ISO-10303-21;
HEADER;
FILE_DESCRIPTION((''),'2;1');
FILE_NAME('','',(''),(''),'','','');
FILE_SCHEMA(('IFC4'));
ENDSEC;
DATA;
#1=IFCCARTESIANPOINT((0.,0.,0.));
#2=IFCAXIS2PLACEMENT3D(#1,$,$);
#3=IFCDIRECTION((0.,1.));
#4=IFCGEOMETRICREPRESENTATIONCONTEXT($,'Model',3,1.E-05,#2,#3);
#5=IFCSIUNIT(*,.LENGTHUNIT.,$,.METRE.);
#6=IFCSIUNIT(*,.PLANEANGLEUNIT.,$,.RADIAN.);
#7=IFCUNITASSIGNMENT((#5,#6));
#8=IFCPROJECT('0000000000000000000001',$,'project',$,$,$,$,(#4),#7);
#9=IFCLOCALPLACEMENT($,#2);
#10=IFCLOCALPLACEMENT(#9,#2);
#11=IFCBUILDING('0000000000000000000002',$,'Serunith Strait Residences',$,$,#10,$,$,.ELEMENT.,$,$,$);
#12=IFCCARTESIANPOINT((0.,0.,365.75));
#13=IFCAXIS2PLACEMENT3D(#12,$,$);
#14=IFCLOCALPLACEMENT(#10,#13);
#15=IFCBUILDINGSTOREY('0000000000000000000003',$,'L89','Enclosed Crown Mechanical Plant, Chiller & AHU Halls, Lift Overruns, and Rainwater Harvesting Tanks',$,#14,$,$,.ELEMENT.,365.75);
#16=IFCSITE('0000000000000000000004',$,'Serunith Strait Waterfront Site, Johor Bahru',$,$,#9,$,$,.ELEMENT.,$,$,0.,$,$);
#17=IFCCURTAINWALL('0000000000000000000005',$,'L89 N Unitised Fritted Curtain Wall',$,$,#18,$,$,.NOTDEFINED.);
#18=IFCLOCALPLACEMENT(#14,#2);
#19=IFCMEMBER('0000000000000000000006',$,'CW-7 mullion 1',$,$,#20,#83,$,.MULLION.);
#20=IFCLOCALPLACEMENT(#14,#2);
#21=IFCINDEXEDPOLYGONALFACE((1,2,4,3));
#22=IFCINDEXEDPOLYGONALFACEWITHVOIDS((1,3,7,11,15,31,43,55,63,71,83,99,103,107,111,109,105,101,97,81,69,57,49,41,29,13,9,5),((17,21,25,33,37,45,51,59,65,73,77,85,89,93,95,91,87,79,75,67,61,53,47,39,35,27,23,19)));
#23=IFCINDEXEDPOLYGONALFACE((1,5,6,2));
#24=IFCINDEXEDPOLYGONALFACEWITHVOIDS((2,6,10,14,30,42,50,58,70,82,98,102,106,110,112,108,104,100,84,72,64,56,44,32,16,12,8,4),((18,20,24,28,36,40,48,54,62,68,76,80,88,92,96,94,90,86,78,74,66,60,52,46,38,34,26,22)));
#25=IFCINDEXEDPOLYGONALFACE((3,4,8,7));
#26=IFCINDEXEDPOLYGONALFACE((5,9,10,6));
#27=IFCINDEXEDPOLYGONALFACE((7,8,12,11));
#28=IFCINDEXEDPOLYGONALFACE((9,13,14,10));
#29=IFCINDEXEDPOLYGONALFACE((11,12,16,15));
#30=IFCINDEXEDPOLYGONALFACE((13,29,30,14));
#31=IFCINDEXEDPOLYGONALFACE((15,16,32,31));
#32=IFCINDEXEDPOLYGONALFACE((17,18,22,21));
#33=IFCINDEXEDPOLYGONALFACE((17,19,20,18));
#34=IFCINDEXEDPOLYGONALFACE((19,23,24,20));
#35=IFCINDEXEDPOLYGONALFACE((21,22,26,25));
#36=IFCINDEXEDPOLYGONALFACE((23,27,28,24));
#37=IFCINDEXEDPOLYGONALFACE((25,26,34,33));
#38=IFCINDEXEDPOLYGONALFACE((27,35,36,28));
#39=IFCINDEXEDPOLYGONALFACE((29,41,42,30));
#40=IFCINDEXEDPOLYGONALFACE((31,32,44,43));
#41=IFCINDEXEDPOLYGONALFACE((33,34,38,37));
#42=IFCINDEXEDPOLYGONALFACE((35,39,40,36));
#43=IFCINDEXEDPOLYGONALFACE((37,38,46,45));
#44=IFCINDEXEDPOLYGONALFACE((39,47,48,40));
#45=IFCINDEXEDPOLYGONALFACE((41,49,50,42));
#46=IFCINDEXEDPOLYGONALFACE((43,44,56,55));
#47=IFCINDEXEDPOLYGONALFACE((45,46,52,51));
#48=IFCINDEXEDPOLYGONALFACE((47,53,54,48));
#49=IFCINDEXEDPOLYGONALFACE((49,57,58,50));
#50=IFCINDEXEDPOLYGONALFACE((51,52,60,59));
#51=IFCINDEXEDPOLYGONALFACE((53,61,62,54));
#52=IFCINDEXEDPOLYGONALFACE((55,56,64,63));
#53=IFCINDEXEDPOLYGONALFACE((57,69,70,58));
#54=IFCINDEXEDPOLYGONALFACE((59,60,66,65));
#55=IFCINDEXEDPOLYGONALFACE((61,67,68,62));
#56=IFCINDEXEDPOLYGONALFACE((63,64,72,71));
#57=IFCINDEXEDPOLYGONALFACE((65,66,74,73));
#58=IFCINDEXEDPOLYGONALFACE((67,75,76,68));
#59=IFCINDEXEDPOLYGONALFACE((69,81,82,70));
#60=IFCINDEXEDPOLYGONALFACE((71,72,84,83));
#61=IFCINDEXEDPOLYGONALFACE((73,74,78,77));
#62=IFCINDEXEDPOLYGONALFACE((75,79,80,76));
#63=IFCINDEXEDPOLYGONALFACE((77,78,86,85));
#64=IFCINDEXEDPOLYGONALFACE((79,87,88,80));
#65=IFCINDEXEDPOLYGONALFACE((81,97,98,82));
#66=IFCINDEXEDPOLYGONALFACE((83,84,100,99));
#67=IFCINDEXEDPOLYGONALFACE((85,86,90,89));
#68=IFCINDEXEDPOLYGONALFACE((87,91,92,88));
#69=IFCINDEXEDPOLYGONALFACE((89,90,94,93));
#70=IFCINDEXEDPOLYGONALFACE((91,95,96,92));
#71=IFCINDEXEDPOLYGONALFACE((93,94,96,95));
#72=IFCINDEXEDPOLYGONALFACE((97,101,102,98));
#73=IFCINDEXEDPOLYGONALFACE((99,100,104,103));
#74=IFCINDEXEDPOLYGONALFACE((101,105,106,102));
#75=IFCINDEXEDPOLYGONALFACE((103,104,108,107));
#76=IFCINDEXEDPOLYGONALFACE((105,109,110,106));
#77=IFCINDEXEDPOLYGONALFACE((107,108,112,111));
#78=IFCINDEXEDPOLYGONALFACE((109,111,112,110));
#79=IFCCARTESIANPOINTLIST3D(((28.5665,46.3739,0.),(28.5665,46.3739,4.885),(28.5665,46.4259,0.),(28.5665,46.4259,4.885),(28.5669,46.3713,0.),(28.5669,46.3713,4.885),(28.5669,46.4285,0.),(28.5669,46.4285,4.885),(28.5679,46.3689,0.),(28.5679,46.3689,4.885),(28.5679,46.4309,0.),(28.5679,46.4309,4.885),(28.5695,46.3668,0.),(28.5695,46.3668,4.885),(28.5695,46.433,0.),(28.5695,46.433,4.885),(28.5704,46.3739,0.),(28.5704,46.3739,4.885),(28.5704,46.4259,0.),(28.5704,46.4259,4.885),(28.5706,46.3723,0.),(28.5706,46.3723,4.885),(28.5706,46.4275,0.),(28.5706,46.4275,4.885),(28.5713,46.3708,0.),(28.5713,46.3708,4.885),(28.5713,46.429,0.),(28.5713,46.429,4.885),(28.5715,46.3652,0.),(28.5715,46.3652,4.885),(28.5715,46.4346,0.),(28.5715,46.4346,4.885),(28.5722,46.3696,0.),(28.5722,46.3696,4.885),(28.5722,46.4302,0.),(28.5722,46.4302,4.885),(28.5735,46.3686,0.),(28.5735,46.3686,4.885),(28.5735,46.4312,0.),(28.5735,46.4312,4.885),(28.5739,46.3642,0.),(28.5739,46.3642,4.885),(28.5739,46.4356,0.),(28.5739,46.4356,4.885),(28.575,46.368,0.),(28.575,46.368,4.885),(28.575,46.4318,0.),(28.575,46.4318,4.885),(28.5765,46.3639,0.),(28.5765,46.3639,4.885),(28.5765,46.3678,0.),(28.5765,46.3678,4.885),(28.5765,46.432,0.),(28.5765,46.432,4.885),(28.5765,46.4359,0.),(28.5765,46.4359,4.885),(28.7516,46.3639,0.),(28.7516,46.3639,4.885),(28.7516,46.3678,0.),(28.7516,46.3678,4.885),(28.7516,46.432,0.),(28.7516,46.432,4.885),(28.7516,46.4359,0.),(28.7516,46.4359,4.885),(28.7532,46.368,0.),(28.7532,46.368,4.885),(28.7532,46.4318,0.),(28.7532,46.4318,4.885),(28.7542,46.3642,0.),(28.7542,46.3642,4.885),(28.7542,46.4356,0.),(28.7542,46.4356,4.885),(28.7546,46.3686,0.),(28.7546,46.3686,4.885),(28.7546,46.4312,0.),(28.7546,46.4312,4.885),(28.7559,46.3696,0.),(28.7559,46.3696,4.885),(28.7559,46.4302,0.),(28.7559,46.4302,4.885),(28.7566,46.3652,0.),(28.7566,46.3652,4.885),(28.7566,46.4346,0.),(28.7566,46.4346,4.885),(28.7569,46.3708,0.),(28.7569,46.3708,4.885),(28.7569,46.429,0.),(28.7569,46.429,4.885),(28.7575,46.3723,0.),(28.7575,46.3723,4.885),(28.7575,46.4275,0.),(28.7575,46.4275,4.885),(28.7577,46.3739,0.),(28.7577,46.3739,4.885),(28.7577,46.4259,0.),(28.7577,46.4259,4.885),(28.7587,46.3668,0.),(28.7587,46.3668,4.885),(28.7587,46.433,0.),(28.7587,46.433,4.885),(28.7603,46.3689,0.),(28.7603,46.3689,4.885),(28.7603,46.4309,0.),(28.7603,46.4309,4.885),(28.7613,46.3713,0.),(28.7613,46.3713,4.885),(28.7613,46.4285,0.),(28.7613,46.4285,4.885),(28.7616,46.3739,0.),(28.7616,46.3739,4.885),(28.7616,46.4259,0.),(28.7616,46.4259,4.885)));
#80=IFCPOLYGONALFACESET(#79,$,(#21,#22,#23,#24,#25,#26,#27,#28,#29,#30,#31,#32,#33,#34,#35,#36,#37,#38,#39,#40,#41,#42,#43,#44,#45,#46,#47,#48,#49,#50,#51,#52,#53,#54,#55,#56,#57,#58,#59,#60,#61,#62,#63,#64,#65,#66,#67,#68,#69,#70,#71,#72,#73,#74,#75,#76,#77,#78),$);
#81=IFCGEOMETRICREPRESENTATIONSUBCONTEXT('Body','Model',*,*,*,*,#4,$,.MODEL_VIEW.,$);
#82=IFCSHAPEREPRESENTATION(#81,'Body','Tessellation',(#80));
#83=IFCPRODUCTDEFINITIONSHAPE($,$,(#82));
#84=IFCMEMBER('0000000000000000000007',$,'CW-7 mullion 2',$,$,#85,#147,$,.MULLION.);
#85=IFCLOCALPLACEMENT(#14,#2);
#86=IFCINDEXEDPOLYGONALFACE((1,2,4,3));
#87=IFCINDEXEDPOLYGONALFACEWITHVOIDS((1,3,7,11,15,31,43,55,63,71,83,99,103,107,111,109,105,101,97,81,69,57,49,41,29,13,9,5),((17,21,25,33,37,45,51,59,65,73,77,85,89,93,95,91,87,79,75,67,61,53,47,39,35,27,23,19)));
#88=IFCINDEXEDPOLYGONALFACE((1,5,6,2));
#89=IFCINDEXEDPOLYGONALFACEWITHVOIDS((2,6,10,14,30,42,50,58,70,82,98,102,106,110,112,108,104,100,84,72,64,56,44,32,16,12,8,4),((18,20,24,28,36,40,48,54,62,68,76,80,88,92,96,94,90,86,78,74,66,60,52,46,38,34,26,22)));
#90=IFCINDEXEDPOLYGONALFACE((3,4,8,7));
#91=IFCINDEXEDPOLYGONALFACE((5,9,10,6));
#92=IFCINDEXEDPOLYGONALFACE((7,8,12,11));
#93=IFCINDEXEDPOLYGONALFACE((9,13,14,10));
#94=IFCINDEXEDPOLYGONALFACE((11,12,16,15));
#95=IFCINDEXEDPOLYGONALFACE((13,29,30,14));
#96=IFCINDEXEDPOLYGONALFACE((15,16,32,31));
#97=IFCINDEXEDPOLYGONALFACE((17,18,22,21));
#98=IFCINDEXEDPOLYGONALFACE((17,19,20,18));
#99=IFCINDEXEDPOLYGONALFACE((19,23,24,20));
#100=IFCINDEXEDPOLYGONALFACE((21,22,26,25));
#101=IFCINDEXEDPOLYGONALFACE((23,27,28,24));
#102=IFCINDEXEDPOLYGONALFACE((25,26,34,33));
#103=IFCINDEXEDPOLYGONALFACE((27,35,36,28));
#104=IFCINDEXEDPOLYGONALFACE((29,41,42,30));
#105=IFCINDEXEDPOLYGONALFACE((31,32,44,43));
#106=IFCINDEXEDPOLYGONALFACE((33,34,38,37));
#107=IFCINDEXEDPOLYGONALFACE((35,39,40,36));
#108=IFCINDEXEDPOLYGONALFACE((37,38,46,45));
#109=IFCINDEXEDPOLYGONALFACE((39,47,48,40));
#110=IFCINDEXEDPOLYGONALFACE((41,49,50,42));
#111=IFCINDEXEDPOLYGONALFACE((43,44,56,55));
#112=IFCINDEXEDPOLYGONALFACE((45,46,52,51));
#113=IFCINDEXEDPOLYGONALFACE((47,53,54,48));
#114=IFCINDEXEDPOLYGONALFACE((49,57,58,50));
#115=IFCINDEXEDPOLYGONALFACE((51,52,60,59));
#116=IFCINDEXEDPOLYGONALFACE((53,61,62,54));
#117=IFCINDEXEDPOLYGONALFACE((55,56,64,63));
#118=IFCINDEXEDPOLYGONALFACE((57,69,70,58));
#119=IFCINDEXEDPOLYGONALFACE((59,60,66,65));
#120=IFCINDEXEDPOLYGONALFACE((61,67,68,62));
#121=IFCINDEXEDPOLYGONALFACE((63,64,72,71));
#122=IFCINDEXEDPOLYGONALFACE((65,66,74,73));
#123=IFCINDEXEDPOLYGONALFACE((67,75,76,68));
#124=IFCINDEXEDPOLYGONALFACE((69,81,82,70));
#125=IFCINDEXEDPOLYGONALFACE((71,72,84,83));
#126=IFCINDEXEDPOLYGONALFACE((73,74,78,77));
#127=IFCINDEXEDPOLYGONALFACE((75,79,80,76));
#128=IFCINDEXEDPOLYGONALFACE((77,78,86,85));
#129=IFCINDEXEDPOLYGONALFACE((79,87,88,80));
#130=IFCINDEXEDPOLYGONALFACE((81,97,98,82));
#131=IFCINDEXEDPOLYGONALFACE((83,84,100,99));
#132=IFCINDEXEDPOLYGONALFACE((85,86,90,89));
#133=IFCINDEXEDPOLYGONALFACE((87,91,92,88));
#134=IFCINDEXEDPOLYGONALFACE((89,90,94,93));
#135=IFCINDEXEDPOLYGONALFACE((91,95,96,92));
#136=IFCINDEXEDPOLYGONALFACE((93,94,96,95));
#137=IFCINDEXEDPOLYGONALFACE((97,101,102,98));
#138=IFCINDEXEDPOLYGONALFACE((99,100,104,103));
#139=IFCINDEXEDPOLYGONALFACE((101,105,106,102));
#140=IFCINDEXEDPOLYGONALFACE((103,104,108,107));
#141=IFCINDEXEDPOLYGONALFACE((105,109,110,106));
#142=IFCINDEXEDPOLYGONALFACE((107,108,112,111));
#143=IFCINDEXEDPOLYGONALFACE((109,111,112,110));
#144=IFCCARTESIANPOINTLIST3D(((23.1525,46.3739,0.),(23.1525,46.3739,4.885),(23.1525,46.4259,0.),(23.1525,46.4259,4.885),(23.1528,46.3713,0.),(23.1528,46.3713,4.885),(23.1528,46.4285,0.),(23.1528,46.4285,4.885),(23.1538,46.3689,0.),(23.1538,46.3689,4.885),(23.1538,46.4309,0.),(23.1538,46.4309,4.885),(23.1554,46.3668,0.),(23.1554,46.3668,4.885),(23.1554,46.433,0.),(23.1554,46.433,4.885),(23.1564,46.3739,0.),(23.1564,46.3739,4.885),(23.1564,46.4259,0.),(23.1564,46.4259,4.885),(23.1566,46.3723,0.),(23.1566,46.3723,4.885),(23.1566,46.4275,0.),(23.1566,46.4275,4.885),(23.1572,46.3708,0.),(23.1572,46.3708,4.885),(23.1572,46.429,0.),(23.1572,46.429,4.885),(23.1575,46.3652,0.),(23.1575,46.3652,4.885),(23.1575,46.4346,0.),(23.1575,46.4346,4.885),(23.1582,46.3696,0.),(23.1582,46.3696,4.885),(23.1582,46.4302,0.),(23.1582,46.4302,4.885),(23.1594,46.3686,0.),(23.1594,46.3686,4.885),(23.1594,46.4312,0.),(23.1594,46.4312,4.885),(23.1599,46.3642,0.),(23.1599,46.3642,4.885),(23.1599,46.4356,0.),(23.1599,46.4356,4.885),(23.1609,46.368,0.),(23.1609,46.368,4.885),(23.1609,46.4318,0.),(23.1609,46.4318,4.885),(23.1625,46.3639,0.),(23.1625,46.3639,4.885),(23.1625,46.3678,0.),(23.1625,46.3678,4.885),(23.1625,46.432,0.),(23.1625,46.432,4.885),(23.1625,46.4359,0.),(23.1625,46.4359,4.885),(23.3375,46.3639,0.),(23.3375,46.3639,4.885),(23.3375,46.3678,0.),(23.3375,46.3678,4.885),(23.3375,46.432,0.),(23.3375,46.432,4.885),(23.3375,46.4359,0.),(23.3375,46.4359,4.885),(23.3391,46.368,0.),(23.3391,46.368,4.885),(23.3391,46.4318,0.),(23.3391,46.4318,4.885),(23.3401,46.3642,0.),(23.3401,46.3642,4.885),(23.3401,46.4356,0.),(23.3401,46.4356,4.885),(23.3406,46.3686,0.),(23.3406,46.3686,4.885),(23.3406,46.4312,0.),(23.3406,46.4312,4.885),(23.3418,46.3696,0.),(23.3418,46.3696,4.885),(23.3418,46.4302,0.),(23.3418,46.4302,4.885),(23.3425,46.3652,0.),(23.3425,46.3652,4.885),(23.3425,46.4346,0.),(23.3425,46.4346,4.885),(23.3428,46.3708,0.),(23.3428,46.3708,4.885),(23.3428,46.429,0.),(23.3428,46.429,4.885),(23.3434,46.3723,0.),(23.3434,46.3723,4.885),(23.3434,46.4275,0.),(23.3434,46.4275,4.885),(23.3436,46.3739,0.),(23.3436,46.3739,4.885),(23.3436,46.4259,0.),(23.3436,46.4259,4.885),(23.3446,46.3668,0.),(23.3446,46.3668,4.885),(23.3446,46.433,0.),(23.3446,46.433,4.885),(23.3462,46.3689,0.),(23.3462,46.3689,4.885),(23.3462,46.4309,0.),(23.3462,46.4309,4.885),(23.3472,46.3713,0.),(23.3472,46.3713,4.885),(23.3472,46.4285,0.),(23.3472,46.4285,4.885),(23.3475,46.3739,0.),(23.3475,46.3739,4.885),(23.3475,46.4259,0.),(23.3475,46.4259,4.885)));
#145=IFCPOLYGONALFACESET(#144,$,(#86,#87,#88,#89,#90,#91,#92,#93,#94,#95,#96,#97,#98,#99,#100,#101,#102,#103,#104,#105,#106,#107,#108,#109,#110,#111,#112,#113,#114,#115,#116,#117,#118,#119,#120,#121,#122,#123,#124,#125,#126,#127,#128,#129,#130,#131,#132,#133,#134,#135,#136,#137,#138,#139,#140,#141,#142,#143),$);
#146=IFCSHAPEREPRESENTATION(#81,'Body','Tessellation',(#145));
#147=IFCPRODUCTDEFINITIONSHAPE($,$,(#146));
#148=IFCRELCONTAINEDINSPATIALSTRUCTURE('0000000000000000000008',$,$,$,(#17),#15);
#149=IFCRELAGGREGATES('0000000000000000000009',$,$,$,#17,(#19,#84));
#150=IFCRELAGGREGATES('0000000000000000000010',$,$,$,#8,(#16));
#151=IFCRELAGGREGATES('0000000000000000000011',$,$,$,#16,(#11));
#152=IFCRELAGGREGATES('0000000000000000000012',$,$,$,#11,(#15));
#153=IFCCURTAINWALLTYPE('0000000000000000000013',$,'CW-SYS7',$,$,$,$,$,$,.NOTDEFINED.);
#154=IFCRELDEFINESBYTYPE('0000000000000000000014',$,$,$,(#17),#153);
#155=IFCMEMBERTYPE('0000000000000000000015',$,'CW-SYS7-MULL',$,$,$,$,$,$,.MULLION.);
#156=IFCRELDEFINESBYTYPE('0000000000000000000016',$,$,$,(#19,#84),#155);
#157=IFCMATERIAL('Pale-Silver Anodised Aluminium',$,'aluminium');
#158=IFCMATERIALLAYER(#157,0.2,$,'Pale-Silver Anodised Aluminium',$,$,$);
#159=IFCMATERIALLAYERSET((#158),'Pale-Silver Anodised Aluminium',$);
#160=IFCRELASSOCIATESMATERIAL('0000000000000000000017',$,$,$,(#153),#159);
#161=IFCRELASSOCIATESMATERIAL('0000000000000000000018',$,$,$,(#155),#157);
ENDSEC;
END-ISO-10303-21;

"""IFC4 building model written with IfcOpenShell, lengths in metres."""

from ifc_helpers import new_model, si_unit, direction, frame, origin, origin_2d, place, context, subcontext, project, spatial, hollow_rectangle, extrude, source, transform, mapped, material, layer, layer_set, material_profile, profile_set, type_object, element, aggregate, save


model = new_model("IFC4")

# Units and contexts
model_context = context("Model", 3, precision=1e-05, world=origin(), true_north=direction((0.0, 1.0)))
body_context = subcontext(model_context, "Body", "Model", "MODEL_VIEW")
ifc_project = project(units=[si_unit("LENGTHUNIT", "METRE"), si_unit("PLANEANGLEUNIT", "RADIAN")], contexts=[model_context])

# Site, building, storey
site_placement = place(None, origin())
site = spatial("IfcSite", under=ifc_project, at=site_placement, Name="Serunith Strait Waterfront Site, Johor Bahru", CompositionType="ELEMENT", RefElevation=0.0)
building_placement = place(site_placement, origin())
building = spatial("IfcBuilding", under=site, at=building_placement, Name="Serunith Strait Residences", CompositionType="ELEMENT")
storey_placement = place(building_placement, frame((0.0, 0.0, 365.75)))
storey = spatial("IfcBuildingStorey", under=building, at=storey_placement, Name="L89", Description="Enclosed Crown Mechanical Plant, Chiller & AHU Halls, Lift Overruns, and Rainwater Harvesting Tanks", CompositionType="ELEMENT", Elevation=365.75)

# Curtain wall, members
ifc_material_1 = material(Name="Pale-Silver Anodised Aluminium", Category="aluminium")
ifc_layer_1 = layer(ifc_material_1, 0.2, Name="Pale-Silver Anodised Aluminium")
ifc_layer_set_1 = layer_set([ifc_layer_1], Name="Pale-Silver Anodised Aluminium")
curtain_wall_type = type_object("IfcCurtainWallType", Name="CW-SYS7", PredefinedType="NOTDEFINED", material=ifc_layer_set_1)
curtain_wall_1_placement = place(storey_placement, origin())
curtain_wall_1 = element("IfcCurtainWall", 1, at=curtain_wall_1_placement, inside=storey, type_object=curtain_wall_type, Name="L89 N Unitised Fritted Curtain Wall", PredefinedType="NOTDEFINED")
ifc_material_profile_1 = material_profile(ifc_material_1, hollow_rectangle(XDim=0.072, YDim=0.1951, WallThickness=0.0039, InnerFilletRadius=0.0061, OuterFilletRadius=0.01, at=origin_2d()), Name="ALU 195x72x4")
ifc_profile_set_1 = profile_set([ifc_material_profile_1], Name="Pale-Silver Anodised Aluminium")
member_type_1 = type_object("IfcMemberType", Name="CW-SYS7-MULL", PredefinedType="MULLION", material=ifc_profile_set_1)
shared_shape_1 = source(origin(), body_context, "Body", "SweptSolid", [
    extrude(hollow_rectangle(XDim=0.072, YDim=0.1951, WallThickness=0.0039, InnerFilletRadius=0.0061, OuterFilletRadius=0.01, at=origin_2d()), origin(), (0.0, 0.0, 1.0), 4.885),
])
member_1_placement = place(storey_placement, frame((28.6641, 46.3999, 0.0), z_axis=(0.0, 0.0, 1.0), x_axis=(0.0, -1.0, 0.0)))
member_1 = element("IfcMember", 2, at=member_1_placement, type_object=member_type_1, Name="CW-7 mullion 1", PredefinedType="MULLION", context=body_context, shape_type="MappedRepresentation", body=[
    mapped(shared_shape_1, transform((0.0, 0.0, 0.0), scale=1.0)),
])
member_2_placement = place(storey_placement, frame((23.25, 46.3999, 0.0), z_axis=(0.0, 0.0, 1.0), x_axis=(0.0, -1.0, 0.0)))
member_2 = element("IfcMember", 3, at=member_2_placement, type_object=member_type_1, Name="CW-7 mullion 2", PredefinedType="MULLION", context=body_context, shape_type="MappedRepresentation", body=[
    mapped(shared_shape_1, transform((0.0, 0.0, 0.0), scale=1.0)),
])

aggregate(curtain_wall_1, [member_1, member_2])

save(model, "model.ifc")
